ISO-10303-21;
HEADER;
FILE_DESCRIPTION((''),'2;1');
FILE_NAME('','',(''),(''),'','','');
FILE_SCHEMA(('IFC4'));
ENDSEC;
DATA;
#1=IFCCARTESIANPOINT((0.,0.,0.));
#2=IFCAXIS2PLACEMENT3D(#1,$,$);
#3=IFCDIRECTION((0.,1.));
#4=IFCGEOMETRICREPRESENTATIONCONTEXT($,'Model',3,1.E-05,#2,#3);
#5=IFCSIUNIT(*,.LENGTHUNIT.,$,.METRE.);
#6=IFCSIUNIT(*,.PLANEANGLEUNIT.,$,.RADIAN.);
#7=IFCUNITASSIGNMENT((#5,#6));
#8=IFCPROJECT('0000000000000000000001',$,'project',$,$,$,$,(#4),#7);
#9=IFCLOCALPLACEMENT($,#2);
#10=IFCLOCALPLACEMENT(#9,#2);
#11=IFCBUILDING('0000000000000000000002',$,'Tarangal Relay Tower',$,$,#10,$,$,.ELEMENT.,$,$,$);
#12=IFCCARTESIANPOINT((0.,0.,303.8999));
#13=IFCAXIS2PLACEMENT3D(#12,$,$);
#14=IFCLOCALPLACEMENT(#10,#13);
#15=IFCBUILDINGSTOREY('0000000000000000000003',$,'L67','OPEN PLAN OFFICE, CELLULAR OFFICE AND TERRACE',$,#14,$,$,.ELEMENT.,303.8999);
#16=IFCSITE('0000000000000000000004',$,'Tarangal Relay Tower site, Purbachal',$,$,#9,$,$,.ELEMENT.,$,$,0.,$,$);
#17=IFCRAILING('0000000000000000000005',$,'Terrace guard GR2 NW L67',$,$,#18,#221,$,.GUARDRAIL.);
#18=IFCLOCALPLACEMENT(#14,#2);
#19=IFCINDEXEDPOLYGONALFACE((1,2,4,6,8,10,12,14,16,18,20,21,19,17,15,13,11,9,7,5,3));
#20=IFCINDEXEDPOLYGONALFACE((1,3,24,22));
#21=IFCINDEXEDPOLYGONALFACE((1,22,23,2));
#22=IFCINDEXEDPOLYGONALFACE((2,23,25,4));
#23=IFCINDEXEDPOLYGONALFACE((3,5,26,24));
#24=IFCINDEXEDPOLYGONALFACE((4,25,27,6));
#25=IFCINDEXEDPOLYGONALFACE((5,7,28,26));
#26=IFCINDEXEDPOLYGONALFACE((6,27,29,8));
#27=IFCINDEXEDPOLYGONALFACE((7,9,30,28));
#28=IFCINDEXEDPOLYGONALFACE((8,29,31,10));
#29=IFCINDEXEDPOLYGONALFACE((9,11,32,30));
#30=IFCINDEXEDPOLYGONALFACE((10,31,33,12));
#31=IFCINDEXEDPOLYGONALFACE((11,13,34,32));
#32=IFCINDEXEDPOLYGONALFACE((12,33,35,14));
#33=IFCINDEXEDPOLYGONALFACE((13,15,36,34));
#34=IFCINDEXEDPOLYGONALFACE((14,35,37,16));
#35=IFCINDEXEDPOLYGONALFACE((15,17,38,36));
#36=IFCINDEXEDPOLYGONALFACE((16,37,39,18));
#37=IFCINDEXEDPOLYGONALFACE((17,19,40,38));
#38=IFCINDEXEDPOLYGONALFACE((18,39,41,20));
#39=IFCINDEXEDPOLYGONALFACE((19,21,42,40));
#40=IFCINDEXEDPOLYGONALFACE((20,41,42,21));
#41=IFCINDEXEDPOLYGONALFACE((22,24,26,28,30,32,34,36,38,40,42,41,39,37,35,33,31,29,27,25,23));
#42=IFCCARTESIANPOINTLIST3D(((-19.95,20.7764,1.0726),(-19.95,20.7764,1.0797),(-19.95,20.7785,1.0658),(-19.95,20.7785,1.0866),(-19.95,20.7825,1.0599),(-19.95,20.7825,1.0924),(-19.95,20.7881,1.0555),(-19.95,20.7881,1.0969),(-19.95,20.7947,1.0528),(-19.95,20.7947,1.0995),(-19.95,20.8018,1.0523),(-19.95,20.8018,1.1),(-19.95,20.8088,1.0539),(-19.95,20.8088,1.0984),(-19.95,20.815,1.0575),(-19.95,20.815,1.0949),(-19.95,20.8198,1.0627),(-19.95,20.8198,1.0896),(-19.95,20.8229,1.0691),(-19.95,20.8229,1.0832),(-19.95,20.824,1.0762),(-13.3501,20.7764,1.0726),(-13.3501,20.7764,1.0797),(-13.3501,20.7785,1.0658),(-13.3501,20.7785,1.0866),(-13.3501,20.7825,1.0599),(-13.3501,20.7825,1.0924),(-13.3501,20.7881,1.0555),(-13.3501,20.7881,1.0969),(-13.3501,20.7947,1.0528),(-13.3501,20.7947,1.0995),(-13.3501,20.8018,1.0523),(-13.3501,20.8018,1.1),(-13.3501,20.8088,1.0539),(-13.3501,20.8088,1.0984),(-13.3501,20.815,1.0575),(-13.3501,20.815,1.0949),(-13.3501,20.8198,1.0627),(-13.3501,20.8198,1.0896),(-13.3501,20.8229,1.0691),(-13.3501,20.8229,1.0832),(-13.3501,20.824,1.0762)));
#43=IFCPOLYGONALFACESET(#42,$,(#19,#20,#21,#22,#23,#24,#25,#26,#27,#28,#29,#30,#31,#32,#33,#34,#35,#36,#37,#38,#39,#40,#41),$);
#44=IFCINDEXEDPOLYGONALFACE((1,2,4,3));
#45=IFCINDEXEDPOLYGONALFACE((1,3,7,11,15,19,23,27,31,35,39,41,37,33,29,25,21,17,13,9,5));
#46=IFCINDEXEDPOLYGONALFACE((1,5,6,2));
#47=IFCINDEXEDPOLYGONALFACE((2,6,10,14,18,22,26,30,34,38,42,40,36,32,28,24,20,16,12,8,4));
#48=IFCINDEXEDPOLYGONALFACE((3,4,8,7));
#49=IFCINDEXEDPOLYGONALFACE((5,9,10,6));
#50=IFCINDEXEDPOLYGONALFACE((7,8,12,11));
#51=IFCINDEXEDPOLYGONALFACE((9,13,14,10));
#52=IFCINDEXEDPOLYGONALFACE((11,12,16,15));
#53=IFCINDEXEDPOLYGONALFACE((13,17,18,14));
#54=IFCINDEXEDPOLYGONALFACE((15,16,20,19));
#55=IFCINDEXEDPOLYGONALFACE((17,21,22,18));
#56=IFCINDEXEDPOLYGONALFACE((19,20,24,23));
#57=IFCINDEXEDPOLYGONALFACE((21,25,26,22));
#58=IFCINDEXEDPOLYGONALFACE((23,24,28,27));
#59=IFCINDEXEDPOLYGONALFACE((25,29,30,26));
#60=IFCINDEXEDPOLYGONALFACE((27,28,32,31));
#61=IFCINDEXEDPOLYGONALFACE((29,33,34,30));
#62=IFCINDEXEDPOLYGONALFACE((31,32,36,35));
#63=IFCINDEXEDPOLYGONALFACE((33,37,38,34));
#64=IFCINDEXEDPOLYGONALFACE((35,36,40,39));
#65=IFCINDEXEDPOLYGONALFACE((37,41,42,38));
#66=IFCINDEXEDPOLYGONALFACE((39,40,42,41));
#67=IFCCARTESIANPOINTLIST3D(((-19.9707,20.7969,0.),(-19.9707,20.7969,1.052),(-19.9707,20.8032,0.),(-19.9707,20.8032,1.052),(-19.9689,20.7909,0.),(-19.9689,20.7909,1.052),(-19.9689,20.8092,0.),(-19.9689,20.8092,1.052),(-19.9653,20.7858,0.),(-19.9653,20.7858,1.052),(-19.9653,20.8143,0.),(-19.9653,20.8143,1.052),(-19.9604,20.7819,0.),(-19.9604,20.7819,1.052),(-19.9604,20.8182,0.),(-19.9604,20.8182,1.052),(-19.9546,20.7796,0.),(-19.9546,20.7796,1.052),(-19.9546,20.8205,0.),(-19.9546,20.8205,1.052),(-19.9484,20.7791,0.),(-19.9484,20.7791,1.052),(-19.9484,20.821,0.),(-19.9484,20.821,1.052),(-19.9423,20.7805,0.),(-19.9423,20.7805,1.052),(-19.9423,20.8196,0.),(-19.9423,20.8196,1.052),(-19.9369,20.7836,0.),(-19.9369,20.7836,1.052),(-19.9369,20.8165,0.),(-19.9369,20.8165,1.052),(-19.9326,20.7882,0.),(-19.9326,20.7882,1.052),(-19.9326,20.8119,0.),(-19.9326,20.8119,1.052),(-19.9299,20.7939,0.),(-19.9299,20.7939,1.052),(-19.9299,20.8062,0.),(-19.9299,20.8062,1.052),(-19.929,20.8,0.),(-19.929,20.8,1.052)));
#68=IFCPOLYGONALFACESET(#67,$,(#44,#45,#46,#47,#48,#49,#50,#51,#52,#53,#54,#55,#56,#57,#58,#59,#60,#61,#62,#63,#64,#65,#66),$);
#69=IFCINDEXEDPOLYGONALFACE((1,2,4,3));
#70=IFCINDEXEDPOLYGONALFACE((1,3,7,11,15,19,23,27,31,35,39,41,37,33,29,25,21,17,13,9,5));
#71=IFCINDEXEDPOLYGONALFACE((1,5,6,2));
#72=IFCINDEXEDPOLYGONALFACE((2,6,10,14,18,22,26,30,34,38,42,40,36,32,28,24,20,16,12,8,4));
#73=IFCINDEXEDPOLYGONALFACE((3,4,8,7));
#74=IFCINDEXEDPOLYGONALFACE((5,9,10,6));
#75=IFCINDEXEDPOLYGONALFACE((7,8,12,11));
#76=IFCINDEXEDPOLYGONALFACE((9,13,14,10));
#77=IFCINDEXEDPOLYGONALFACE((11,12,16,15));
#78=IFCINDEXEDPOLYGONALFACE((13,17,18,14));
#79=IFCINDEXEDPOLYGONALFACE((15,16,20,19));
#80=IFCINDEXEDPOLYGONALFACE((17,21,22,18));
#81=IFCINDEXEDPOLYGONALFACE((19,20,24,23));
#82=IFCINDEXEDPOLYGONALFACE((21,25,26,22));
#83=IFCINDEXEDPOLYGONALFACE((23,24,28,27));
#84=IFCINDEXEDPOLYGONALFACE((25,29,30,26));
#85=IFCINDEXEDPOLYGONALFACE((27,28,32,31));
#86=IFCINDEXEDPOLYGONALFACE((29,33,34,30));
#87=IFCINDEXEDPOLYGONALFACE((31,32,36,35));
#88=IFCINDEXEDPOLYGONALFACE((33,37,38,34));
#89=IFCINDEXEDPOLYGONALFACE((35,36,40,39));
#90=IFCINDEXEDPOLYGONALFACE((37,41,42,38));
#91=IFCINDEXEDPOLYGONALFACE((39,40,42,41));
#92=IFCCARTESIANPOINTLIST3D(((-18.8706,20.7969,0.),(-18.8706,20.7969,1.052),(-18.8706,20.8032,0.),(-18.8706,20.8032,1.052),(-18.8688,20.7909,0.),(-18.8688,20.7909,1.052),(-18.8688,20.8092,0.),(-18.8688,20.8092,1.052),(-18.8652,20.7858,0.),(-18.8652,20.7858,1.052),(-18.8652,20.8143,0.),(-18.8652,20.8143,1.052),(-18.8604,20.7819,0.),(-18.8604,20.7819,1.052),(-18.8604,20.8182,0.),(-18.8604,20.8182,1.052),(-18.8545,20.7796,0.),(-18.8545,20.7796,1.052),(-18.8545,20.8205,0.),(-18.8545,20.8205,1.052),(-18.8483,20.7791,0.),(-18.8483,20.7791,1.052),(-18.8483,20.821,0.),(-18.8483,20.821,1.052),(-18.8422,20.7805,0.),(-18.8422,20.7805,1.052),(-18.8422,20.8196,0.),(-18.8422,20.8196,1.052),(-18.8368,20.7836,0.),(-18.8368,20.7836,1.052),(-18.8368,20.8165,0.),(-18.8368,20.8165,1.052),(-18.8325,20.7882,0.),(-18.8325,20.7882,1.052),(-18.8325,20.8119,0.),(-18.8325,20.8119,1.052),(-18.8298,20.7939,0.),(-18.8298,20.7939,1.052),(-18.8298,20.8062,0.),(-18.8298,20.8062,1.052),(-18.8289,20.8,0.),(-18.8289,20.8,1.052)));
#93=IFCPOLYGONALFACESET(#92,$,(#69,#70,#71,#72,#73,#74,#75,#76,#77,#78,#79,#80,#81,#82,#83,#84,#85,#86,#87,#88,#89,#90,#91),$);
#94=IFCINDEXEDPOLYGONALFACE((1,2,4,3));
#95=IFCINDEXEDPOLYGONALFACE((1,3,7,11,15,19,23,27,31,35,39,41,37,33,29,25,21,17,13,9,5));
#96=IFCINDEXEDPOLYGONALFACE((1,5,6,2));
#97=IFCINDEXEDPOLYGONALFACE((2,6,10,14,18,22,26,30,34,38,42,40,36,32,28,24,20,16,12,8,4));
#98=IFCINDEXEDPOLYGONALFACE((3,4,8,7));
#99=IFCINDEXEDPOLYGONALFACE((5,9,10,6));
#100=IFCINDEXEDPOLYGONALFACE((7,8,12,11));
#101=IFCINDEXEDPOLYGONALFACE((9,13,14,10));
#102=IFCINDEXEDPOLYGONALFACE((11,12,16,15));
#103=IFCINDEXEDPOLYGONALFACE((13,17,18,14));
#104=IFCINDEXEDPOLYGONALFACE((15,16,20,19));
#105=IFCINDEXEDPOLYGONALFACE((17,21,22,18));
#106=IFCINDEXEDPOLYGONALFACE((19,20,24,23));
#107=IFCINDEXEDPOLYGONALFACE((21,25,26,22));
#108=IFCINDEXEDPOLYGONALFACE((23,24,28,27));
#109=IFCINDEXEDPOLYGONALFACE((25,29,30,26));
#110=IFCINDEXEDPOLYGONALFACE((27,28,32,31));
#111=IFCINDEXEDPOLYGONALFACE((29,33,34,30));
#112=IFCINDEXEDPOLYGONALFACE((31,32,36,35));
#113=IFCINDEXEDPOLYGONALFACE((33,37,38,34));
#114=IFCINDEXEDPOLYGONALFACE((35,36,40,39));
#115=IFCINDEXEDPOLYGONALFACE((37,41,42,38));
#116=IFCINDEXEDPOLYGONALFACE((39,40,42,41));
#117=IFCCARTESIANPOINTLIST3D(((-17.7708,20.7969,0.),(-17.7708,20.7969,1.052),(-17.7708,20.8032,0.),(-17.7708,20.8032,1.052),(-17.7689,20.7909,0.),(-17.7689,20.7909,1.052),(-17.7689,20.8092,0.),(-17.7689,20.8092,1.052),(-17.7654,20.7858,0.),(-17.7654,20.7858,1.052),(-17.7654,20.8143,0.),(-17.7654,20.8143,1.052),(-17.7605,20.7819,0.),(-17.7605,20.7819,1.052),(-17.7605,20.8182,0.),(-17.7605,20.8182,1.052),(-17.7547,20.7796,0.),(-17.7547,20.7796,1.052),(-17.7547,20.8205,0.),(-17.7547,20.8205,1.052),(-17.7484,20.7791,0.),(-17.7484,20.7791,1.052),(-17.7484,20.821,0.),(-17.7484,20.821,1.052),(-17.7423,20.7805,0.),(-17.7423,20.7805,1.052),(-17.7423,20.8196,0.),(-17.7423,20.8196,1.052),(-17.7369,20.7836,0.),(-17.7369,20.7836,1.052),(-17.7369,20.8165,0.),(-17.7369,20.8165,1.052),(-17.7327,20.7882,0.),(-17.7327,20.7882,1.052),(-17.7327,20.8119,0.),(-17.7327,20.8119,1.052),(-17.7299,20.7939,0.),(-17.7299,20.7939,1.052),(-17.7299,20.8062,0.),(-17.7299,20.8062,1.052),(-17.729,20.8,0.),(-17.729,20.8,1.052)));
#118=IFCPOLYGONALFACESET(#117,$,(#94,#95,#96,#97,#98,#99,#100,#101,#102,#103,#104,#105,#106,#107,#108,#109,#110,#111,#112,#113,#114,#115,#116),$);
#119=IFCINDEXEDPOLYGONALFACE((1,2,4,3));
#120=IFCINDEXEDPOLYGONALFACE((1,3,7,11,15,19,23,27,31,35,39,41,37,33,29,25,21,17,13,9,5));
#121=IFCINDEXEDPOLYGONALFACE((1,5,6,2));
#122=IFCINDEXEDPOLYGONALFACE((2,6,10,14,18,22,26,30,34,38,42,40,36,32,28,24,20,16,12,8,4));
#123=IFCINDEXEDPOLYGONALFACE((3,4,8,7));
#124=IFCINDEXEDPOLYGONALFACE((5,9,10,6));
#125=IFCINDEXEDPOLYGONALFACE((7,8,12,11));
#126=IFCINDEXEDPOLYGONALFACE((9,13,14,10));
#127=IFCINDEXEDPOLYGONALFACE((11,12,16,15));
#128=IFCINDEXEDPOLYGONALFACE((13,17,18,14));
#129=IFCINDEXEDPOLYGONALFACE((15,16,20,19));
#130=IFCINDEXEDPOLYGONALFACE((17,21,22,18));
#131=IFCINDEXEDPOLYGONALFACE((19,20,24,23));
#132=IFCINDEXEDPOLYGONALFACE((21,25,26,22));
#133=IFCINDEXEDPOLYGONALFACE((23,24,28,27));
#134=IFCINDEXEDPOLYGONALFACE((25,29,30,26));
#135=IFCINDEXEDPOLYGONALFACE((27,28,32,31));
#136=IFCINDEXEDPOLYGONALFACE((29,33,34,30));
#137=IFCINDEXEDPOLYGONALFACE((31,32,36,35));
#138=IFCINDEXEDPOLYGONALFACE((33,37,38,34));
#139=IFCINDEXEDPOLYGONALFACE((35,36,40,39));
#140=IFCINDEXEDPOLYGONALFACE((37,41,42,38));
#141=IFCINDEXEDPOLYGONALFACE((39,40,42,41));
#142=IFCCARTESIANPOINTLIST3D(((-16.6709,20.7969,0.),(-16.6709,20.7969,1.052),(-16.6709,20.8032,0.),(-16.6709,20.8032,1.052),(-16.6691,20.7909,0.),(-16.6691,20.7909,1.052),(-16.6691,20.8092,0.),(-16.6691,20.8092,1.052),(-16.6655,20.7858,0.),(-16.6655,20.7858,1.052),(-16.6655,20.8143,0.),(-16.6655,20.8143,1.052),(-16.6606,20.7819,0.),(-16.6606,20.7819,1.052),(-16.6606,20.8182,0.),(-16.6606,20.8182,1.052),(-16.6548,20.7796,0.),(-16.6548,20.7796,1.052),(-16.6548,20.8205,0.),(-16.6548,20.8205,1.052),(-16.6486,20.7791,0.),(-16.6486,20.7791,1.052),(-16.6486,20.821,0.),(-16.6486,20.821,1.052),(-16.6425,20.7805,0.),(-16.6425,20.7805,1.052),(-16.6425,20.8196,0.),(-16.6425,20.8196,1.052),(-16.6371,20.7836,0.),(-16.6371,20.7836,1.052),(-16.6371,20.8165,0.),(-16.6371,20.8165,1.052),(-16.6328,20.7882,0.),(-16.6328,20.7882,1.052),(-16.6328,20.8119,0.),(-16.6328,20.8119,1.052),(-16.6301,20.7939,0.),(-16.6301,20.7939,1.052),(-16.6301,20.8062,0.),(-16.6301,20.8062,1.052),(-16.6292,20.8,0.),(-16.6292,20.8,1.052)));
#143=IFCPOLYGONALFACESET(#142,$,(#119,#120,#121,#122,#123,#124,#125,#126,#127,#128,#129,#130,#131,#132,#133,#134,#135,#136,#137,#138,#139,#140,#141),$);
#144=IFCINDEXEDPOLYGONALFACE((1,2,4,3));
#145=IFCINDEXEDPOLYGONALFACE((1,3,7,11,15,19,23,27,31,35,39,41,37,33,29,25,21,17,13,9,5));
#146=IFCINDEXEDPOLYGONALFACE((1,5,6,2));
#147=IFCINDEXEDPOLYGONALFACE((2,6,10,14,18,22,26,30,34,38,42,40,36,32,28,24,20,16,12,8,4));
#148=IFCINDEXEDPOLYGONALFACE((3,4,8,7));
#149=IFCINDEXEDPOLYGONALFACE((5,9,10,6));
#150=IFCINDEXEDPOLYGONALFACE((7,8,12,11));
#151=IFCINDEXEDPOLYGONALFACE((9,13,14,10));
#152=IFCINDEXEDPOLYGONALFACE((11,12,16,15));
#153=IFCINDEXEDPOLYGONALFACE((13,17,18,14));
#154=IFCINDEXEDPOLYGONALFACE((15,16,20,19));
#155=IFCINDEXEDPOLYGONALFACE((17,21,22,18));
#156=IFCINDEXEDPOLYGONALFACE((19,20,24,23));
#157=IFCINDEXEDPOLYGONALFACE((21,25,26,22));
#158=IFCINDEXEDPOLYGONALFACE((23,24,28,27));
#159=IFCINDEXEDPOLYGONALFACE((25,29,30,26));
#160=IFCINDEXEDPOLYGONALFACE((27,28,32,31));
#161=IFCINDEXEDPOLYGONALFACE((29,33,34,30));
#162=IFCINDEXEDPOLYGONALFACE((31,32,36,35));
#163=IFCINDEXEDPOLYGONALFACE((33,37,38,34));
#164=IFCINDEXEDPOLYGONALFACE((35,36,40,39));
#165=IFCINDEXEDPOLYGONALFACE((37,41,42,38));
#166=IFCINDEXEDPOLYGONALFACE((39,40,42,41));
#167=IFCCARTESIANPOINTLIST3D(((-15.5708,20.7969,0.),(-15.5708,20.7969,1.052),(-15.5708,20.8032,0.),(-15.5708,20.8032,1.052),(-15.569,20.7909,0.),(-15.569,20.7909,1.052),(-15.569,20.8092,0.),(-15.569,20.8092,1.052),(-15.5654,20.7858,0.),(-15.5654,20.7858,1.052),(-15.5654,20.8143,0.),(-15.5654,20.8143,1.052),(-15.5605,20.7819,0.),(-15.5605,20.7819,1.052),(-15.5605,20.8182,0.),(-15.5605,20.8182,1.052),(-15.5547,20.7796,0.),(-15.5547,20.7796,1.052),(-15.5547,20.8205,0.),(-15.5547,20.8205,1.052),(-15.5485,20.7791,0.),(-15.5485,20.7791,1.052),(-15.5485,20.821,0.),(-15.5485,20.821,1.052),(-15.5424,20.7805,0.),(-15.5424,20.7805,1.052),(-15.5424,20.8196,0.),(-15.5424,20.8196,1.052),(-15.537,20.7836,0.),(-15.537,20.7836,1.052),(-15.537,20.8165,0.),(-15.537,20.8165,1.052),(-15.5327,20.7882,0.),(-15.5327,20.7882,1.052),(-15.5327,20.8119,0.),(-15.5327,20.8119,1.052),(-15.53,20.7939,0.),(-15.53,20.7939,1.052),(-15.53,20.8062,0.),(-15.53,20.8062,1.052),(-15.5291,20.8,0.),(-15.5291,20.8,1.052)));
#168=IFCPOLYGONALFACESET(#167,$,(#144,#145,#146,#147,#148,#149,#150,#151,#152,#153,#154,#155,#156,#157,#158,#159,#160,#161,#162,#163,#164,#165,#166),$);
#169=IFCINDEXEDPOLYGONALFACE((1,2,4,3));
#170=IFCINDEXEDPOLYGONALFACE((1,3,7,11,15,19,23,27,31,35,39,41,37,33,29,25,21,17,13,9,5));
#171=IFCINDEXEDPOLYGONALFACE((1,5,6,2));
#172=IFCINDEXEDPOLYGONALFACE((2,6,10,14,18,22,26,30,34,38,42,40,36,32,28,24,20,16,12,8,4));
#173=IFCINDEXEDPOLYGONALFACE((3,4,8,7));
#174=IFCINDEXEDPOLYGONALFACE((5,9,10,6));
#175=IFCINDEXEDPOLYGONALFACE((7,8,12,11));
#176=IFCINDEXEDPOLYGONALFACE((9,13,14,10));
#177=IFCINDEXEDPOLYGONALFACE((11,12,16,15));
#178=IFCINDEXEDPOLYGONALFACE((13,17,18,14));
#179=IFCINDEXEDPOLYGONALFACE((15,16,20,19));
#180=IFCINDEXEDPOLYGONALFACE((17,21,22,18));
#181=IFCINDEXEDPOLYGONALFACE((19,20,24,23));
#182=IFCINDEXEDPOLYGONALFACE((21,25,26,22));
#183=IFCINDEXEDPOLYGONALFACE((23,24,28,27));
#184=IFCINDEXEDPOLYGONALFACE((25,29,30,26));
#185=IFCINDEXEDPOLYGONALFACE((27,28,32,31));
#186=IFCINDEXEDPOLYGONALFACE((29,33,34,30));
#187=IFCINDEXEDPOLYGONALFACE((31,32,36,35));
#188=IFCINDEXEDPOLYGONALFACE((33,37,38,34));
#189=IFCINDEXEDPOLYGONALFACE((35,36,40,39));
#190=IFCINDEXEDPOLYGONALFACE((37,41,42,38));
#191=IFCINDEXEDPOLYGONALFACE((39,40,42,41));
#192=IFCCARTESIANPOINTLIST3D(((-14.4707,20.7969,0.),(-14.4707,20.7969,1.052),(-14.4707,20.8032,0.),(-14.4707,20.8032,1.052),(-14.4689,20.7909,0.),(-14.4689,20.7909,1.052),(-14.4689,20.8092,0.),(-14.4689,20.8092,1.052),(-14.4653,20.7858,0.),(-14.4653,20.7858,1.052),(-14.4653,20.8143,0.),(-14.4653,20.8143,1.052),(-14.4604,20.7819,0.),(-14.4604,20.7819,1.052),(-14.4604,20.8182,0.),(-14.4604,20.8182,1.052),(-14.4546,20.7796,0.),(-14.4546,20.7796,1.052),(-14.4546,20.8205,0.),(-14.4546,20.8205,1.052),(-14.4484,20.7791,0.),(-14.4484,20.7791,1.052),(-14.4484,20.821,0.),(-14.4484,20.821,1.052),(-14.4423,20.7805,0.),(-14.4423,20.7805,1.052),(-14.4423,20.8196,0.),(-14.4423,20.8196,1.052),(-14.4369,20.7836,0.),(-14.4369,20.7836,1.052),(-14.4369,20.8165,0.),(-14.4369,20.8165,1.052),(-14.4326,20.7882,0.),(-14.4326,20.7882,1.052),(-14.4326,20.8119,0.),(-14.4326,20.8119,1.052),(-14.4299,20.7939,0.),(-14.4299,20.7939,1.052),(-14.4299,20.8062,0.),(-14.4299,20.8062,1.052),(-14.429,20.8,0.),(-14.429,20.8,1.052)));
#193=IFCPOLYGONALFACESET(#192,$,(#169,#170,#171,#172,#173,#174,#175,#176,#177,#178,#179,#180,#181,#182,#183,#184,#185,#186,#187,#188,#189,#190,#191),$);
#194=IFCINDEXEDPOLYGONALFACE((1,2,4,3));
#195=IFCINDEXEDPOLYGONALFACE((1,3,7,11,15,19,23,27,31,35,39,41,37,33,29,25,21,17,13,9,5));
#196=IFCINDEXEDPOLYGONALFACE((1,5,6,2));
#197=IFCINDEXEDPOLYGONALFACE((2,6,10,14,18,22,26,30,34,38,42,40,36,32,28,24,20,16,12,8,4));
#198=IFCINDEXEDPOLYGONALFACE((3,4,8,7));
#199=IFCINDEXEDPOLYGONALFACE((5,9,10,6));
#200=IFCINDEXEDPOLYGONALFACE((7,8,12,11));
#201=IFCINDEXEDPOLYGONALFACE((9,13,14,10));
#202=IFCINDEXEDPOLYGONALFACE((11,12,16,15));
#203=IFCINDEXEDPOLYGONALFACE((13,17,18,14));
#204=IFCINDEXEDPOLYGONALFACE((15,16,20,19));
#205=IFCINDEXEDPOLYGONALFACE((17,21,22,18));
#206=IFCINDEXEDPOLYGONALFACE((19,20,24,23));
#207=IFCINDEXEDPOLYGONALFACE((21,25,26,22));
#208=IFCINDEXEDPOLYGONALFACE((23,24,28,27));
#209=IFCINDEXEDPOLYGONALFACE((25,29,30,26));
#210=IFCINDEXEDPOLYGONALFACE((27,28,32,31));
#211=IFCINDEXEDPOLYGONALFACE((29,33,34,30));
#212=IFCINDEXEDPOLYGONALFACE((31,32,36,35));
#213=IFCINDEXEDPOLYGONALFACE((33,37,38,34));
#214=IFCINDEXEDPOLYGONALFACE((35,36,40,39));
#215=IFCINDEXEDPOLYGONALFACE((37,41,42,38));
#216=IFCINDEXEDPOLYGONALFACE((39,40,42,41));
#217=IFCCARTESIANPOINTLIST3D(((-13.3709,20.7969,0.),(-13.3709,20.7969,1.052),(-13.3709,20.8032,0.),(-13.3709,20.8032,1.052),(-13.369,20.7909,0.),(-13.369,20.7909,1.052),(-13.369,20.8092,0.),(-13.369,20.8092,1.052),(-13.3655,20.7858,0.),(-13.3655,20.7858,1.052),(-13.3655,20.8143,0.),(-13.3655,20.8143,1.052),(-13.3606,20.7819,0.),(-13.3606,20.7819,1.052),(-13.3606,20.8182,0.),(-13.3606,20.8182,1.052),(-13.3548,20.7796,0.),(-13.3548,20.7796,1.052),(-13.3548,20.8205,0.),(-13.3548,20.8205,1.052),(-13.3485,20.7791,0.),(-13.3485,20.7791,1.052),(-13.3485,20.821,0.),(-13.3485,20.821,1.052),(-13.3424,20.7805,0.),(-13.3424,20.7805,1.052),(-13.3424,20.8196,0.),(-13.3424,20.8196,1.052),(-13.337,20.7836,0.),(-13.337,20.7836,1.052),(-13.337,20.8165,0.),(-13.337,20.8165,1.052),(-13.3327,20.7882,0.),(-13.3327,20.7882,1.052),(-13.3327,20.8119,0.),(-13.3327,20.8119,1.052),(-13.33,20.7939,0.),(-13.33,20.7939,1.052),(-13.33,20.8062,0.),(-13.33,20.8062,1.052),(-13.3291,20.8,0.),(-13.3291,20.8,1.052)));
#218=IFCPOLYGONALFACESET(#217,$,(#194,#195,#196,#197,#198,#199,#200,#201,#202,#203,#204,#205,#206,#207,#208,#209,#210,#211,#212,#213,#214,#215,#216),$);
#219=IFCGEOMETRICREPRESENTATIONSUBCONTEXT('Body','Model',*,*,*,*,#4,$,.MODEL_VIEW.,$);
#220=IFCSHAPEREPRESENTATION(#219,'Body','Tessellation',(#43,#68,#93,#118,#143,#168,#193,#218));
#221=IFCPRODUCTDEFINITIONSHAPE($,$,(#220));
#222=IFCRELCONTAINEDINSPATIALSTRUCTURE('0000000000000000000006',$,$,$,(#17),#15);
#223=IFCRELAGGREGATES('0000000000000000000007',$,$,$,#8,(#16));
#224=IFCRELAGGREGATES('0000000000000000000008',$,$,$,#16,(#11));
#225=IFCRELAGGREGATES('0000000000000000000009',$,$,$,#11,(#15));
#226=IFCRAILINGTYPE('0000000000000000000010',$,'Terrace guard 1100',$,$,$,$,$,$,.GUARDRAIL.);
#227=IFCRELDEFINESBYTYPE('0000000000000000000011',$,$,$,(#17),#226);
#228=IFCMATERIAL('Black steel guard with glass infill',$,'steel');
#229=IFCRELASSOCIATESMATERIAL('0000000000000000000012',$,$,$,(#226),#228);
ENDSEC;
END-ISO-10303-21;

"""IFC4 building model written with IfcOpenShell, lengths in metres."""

from ifc_helpers import new_model, si_unit, direction, frame, origin, origin_2d, place, context, subcontext, project, spatial, circle, extrude, material, type_object, element, save


model = new_model("IFC4")

# Units and contexts
model_context = context("Model", 3, precision=1e-05, world=origin(), true_north=direction((0.0, 1.0)))
body_context = subcontext(model_context, "Body", "Model", "MODEL_VIEW")
ifc_project = project(units=[si_unit("LENGTHUNIT", "METRE"), si_unit("PLANEANGLEUNIT", "RADIAN")], contexts=[model_context])

# Site, building, storey
site_placement = place(None, origin())
site = spatial("IfcSite", under=ifc_project, at=site_placement, Name="Tarangal Relay Tower site, Purbachal", CompositionType="ELEMENT", RefElevation=0.0)
building_placement = place(site_placement, origin())
building = spatial("IfcBuilding", under=site, at=building_placement, Name="Tarangal Relay Tower", CompositionType="ELEMENT")
storey_placement = place(building_placement, frame((0.0, 0.0, 303.8999)))
storey = spatial("IfcBuildingStorey", under=building, at=storey_placement, Name="L67", Description="OPEN PLAN OFFICE, CELLULAR OFFICE AND TERRACE", CompositionType="ELEMENT", Elevation=303.8999)

# Railing
ifc_material_1 = material(Name="Black steel guard with glass infill", Category="steel")
railing_type = type_object("IfcRailingType", Name="Terrace guard 1100", PredefinedType="GUARDRAIL", material=ifc_material_1)
railing_1_placement = place(storey_placement, frame((-19.95, 20.8, 0.0)))
element("IfcRailing", 1, at=railing_1_placement, inside=storey, type_object=railing_type, Name="Terrace guard GR2 NW L67", PredefinedType="GUARDRAIL", context=body_context, shape_type="SweptSolid", body=[
    extrude(circle(Radius=0.0239, at=origin_2d()), frame((0.0, 0.0, 1.0762), z_axis=(1.0, 0.0, 0.0), x_axis=(0.0, 1.0, 0.0)), (0.0, 0.0, 1.0), 6.5999),
    extrude(circle(Radius=0.021, at=origin_2d()), origin(), (0.0, 0.0, 1.0), 1.052),
    extrude(circle(Radius=0.021, at=origin_2d()), frame((1.1001, 0.0, 0.0)), (0.0, 0.0, 1.0), 1.052),
    extrude(circle(Radius=0.021, at=origin_2d()), frame((2.2, 0.0, 0.0)), (0.0, 0.0, 1.0), 1.052),
    extrude(circle(Radius=0.021, at=origin_2d()), frame((3.2998, 0.0, 0.0)), (0.0, 0.0, 1.0), 1.052),
    extrude(circle(Radius=0.021, at=origin_2d()), frame((4.3999, 0.0, 0.0)), (0.0, 0.0, 1.0), 1.052),
    extrude(circle(Radius=0.021, at=origin_2d()), frame((5.5, 0.0, 0.0)), (0.0, 0.0, 1.0), 1.052),
    extrude(circle(Radius=0.021, at=origin_2d()), frame((6.5999, 0.0, 0.0)), (0.0, 0.0, 1.0), 1.052),
])

save(model, "model.ifc")
